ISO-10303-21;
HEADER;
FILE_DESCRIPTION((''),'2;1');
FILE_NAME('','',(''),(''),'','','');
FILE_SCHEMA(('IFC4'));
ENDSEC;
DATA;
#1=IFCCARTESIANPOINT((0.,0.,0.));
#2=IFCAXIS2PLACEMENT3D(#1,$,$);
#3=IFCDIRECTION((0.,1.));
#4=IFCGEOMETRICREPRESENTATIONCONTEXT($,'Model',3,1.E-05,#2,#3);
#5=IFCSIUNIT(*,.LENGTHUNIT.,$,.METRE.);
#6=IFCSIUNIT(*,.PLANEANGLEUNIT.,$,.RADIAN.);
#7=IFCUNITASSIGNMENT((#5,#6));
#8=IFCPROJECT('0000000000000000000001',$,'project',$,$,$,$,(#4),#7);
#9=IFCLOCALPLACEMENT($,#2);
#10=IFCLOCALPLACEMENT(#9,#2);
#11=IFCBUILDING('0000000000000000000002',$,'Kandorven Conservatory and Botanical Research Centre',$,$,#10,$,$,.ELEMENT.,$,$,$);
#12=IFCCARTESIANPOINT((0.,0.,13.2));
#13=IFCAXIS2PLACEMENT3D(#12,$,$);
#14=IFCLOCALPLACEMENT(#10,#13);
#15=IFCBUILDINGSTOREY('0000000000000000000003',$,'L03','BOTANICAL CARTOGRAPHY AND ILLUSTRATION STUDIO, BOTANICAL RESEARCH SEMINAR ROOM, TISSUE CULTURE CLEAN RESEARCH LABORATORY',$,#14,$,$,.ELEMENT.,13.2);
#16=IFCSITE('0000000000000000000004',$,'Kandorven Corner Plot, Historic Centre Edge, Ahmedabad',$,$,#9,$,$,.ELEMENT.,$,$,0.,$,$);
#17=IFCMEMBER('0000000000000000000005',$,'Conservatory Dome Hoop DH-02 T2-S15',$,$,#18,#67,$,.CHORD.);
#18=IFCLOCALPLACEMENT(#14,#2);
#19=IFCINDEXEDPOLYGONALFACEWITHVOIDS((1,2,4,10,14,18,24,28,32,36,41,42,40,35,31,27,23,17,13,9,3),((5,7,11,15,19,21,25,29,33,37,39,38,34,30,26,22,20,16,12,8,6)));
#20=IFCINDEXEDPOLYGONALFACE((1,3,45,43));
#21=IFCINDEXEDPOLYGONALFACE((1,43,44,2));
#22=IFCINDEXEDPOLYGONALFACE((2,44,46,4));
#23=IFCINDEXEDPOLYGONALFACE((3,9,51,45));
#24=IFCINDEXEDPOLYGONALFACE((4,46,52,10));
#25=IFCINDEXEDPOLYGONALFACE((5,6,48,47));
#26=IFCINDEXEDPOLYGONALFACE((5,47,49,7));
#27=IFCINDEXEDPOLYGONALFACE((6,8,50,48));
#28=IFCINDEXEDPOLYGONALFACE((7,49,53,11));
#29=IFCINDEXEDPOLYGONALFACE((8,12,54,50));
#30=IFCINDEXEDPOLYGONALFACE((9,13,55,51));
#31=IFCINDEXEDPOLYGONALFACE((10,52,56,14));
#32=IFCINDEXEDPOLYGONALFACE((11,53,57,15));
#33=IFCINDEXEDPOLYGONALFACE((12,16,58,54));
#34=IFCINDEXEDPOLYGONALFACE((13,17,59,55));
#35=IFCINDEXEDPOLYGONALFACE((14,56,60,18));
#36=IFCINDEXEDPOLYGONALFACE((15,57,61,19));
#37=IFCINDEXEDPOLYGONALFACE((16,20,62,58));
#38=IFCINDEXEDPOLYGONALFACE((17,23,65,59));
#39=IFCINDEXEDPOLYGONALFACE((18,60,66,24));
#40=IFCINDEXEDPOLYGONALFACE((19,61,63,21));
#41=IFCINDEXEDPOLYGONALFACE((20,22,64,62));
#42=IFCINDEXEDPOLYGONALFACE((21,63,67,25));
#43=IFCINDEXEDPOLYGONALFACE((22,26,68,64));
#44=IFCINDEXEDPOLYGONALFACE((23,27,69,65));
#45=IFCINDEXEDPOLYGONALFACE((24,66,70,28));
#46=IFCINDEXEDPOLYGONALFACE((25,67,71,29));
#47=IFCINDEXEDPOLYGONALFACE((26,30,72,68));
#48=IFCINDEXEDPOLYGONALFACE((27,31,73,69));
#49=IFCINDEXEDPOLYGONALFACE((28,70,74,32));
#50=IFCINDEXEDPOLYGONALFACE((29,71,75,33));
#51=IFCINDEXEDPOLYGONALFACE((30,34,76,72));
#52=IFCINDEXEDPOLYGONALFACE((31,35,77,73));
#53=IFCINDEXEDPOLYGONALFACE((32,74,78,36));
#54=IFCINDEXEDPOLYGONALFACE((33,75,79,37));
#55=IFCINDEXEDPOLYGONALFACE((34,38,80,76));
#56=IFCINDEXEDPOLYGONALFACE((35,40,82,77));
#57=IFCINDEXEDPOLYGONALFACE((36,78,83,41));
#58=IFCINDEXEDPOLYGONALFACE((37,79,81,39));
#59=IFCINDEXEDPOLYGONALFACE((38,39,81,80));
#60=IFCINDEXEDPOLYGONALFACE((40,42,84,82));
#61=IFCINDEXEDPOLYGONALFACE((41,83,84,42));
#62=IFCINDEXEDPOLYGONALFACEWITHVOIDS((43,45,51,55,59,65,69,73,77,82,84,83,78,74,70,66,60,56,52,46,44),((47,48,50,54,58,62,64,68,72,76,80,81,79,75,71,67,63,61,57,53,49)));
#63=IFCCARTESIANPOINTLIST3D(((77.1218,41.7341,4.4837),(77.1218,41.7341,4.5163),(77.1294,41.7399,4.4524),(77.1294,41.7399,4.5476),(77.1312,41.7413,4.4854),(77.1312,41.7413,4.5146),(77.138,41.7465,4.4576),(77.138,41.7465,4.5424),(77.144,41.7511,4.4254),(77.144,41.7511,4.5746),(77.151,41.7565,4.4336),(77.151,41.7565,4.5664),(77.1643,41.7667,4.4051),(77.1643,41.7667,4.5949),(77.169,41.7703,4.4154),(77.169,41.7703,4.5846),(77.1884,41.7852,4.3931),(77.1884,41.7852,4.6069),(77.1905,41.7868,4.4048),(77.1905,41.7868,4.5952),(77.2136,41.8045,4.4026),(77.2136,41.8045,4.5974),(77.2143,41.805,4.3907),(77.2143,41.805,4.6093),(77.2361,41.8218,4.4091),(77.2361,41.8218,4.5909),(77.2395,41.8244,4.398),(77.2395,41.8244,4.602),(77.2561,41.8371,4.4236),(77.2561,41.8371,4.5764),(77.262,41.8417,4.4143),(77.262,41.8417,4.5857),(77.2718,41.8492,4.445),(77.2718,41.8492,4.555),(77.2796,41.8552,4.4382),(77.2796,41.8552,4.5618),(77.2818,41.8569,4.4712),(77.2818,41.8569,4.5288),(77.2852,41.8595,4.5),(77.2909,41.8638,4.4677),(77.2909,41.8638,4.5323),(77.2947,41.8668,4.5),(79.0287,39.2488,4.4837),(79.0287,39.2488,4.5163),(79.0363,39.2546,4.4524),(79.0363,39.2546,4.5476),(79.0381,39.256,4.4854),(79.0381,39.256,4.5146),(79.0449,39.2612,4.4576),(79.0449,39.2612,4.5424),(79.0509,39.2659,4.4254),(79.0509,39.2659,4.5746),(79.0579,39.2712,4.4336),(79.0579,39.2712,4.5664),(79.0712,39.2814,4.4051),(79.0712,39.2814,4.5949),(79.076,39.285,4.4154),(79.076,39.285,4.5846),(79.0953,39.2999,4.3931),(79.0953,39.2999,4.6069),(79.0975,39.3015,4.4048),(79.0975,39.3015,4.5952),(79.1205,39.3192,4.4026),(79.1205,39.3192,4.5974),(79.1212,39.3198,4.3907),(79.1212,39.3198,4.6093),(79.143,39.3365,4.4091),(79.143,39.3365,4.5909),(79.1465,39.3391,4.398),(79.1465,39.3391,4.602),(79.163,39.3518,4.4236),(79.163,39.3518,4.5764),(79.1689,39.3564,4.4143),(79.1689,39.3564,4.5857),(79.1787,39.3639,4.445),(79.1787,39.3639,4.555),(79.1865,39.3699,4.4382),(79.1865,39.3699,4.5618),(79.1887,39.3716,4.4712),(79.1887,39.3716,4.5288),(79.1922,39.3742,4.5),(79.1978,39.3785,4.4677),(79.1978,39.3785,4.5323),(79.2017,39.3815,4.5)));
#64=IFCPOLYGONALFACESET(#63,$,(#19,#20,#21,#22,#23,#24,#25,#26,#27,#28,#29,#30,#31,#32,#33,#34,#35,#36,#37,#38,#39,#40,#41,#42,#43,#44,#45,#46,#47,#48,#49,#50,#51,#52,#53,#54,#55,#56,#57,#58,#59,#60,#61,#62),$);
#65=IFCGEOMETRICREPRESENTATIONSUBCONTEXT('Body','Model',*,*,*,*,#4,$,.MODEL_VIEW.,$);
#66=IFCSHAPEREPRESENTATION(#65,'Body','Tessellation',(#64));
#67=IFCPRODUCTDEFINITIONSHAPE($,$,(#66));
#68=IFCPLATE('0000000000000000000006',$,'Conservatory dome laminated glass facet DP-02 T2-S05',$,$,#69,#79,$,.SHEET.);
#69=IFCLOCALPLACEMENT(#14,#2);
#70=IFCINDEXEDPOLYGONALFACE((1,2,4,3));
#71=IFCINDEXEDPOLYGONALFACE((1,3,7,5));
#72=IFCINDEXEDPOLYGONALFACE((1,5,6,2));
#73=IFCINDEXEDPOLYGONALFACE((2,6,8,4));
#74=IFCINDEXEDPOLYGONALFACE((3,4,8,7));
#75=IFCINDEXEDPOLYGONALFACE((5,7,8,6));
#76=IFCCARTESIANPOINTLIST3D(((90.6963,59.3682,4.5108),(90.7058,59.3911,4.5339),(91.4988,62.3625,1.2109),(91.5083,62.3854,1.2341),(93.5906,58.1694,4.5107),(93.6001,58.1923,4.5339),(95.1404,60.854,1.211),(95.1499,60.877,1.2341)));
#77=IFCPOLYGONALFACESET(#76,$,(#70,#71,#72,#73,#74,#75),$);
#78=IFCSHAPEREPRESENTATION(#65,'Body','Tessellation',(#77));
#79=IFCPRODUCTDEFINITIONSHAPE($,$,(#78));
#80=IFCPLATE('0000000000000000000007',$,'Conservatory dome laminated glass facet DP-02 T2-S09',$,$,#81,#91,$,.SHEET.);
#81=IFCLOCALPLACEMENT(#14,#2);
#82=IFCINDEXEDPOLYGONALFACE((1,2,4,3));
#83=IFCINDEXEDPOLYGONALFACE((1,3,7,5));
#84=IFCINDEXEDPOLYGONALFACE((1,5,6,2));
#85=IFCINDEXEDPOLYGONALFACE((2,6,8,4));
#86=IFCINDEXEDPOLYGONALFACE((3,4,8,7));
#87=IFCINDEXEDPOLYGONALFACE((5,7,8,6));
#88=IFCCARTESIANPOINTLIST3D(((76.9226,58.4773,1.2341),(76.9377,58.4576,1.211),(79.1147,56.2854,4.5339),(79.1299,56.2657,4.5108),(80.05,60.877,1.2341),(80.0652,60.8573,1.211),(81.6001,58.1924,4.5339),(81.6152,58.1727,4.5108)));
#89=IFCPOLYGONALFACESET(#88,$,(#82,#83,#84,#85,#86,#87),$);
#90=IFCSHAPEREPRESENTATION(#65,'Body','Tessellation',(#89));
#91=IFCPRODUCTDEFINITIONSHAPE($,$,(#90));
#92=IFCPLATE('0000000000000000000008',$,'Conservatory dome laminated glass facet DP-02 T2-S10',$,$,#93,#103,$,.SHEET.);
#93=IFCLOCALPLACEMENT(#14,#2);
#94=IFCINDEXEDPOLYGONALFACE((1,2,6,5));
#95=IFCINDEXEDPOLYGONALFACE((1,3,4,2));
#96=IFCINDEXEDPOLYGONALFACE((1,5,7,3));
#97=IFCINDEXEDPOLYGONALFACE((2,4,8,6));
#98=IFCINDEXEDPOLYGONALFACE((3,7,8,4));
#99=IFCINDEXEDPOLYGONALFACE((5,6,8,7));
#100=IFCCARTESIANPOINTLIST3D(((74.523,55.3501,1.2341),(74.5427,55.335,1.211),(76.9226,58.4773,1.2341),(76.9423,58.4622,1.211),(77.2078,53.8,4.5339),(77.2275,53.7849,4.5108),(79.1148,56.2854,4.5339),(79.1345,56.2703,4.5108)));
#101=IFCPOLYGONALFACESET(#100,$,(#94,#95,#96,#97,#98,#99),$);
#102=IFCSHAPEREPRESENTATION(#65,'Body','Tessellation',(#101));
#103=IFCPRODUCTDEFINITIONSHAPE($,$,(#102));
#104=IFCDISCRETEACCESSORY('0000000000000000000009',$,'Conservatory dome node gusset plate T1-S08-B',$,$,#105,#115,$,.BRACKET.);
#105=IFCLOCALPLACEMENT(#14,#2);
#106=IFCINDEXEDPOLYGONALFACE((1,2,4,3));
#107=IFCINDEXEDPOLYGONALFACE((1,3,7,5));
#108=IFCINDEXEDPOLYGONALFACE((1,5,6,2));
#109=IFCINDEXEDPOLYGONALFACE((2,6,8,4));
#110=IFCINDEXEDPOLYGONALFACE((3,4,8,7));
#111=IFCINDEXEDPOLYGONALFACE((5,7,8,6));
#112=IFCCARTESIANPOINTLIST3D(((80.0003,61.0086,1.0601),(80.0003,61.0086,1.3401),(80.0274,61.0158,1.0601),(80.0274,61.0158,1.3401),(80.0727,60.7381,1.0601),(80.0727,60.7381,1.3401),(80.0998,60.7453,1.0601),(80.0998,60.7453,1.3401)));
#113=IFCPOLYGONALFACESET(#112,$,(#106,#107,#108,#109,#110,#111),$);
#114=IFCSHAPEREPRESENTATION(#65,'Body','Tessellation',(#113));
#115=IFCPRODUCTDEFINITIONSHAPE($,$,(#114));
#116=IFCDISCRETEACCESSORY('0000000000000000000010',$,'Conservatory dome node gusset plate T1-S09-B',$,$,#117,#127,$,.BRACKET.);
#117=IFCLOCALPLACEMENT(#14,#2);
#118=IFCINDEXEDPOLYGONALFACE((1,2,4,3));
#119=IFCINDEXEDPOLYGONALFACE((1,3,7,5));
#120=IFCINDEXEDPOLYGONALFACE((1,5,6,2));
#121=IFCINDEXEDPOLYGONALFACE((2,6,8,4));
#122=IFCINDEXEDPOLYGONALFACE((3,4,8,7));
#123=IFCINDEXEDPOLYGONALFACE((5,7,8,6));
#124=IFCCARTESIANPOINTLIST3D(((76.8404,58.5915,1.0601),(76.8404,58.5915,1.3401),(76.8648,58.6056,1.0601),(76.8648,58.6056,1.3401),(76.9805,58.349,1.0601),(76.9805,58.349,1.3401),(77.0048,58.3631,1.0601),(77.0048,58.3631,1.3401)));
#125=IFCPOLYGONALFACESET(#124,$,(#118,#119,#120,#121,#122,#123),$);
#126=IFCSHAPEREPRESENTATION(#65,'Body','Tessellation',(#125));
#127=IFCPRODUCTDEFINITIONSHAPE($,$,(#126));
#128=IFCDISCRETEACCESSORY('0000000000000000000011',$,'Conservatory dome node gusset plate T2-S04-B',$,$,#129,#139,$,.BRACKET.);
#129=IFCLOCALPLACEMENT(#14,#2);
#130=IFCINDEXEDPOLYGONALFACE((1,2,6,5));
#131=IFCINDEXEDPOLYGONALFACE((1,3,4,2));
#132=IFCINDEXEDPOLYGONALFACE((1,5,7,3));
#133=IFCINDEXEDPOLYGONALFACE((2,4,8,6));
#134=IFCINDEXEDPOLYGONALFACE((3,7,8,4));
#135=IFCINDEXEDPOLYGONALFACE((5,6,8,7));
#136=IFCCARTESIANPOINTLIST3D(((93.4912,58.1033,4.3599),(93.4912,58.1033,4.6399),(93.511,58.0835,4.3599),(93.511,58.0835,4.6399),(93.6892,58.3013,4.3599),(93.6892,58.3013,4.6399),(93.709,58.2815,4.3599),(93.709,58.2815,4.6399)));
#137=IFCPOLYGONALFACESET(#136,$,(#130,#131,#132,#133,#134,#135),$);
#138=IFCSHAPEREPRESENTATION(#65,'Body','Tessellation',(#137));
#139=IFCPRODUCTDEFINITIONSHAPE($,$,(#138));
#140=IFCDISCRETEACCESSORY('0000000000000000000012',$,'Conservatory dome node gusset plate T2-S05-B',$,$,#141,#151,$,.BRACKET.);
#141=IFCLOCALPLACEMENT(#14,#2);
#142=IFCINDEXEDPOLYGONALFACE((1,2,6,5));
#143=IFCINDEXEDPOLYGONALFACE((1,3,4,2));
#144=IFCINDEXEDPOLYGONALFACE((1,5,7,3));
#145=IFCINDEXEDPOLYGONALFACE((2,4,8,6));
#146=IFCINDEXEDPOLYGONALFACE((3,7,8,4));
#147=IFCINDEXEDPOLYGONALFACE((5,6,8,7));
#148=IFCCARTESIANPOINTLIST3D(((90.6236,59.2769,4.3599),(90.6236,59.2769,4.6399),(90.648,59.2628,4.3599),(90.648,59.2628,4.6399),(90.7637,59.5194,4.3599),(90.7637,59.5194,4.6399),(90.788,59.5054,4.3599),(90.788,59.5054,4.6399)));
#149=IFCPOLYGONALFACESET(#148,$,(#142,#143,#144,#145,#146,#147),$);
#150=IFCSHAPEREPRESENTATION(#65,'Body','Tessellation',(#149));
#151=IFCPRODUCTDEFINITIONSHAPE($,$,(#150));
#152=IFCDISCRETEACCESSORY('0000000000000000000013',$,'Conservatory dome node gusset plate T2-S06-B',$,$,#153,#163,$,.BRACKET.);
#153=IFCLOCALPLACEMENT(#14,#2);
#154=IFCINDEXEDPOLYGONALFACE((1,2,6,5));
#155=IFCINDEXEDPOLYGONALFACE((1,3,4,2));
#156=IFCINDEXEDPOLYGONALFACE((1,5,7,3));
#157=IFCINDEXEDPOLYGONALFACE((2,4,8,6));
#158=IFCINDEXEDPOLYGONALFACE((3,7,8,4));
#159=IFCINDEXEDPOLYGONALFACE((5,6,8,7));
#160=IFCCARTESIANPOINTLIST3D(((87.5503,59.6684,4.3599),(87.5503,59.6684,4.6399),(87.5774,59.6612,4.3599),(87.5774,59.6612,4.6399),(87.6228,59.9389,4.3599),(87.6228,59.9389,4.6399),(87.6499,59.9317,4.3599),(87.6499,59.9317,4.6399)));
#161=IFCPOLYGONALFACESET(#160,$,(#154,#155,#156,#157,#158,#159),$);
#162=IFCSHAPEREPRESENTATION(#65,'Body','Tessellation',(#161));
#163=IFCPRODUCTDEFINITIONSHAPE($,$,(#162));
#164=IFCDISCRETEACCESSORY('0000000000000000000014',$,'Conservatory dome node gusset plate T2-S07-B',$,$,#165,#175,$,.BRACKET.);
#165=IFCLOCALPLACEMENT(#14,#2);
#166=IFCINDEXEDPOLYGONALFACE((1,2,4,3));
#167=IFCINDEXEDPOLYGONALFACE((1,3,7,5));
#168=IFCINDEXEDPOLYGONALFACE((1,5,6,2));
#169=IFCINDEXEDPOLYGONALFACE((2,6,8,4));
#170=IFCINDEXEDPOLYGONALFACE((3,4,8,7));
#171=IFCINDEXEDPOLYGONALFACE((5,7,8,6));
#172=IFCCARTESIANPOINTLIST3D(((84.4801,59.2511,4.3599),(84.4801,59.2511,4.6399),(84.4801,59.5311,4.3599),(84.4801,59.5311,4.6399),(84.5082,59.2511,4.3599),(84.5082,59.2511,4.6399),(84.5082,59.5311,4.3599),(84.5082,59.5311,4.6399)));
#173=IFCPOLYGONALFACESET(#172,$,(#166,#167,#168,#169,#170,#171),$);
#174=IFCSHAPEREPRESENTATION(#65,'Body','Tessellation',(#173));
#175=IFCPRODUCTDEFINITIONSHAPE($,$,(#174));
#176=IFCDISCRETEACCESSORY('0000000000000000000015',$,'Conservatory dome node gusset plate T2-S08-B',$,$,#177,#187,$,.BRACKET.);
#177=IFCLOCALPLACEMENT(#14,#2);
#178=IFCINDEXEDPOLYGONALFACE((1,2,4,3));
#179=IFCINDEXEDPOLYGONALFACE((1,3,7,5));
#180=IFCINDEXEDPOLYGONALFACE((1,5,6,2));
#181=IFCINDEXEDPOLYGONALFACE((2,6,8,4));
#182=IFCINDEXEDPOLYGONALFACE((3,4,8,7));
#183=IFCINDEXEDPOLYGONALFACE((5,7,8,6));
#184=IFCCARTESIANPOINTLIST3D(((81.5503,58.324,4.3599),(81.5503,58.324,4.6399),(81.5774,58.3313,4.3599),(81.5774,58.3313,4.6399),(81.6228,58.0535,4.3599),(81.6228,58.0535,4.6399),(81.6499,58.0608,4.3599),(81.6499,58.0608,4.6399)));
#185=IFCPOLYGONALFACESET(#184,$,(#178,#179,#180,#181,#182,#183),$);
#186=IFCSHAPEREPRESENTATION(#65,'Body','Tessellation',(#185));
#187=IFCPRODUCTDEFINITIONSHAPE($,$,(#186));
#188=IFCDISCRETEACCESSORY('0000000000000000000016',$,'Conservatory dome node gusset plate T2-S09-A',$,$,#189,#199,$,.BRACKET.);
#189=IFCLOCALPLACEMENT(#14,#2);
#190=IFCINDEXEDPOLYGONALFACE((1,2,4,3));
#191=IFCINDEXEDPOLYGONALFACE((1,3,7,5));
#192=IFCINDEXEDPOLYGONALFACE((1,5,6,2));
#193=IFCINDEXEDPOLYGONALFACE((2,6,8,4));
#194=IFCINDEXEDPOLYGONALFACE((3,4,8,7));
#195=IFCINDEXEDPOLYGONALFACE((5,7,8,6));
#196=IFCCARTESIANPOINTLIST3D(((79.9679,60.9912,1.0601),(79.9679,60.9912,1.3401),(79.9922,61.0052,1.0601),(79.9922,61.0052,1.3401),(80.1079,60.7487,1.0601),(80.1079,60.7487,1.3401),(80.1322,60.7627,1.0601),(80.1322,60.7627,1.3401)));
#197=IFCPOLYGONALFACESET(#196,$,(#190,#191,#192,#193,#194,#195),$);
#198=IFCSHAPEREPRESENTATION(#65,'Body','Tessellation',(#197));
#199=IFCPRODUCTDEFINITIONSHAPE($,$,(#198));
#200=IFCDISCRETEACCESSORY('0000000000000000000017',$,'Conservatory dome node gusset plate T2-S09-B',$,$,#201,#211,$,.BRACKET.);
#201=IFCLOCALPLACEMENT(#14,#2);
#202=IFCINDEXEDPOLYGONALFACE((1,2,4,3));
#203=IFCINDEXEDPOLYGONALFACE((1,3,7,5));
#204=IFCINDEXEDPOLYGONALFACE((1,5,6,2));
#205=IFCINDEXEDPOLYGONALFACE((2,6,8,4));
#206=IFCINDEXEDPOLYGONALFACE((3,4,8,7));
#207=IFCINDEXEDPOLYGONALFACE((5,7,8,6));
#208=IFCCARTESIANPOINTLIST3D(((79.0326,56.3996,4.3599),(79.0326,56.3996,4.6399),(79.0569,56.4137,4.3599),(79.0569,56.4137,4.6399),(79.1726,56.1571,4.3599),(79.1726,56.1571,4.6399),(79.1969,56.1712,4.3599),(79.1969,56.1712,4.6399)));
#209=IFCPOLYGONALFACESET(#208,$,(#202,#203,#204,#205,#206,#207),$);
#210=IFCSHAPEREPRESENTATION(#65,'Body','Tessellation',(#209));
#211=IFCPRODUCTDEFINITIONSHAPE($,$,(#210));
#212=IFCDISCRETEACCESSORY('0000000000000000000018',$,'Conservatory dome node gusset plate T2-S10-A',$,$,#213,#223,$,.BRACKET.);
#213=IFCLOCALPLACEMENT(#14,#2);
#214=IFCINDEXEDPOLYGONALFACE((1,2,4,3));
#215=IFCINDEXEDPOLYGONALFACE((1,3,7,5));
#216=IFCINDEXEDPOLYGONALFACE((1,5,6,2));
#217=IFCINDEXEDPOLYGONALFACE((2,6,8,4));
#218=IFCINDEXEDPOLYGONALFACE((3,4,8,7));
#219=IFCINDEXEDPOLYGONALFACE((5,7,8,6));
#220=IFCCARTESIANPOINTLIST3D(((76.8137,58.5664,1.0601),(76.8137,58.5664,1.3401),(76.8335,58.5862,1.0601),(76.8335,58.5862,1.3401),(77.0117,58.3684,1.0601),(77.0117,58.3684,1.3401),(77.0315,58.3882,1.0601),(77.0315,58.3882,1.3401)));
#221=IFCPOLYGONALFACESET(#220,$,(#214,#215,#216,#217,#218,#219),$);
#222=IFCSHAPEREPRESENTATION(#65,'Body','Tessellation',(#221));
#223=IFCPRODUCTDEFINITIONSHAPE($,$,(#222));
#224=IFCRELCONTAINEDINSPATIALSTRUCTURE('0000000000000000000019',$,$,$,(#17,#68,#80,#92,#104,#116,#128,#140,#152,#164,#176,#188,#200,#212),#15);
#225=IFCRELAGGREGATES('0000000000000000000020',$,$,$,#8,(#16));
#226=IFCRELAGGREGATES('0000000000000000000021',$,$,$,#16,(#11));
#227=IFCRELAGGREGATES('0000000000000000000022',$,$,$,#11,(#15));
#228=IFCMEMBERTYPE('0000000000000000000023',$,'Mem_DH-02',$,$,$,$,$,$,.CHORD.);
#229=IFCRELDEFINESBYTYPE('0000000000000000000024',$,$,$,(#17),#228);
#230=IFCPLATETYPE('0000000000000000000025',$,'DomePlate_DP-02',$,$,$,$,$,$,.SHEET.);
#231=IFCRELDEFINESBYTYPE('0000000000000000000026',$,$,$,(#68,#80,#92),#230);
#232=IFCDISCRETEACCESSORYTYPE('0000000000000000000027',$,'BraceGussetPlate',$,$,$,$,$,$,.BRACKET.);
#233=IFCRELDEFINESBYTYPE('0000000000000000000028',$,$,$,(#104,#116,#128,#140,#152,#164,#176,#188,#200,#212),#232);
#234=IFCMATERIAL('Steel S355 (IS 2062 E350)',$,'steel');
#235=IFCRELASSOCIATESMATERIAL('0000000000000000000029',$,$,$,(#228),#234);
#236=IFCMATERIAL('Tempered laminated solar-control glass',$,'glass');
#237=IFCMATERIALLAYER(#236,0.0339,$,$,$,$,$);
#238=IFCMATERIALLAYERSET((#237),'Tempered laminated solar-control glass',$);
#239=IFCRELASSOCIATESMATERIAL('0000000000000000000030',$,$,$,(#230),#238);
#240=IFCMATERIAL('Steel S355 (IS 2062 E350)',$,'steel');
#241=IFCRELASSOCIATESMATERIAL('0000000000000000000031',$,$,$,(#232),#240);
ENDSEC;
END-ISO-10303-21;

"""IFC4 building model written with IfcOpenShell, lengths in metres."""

from ifc_helpers import new_model, si_unit, direction, frame, origin, origin_2d, place, context, subcontext, project, spatial, polyline, rectangle, hollow_circle, outline, extrude, material, layer, layer_set, material_profile, profile_set, type_object, element, save


model = new_model("IFC4")

# Units and contexts
model_context = context("Model", 3, precision=1e-05, world=origin(), true_north=direction((0.0, 1.0)))
body_context = subcontext(model_context, "Body", "Model", "MODEL_VIEW")
ifc_project = project(units=[si_unit("LENGTHUNIT", "METRE"), si_unit("PLANEANGLEUNIT", "RADIAN")], contexts=[model_context])

# Site, building, storey
site_placement = place(None, origin())
site = spatial("IfcSite", under=ifc_project, at=site_placement, Name="Kandorven Corner Plot, Historic Centre Edge, Ahmedabad", CompositionType="ELEMENT", RefElevation=0.0)
building_placement = place(site_placement, origin())
building = spatial("IfcBuilding", under=site, at=building_placement, Name="Kandorven Conservatory and Botanical Research Centre", CompositionType="ELEMENT")
storey_placement = place(building_placement, frame((0.0, 0.0, 13.2)))
storey = spatial("IfcBuildingStorey", under=building, at=storey_placement, Name="L03", Description="BOTANICAL CARTOGRAPHY AND ILLUSTRATION STUDIO, BOTANICAL RESEARCH SEMINAR ROOM, TISSUE CULTURE CLEAN RESEARCH LABORATORY", CompositionType="ELEMENT", Elevation=13.2)

# Member
ifc_material_1 = material(Name="Steel S355 (IS 2062 E350)", Category="steel")
ifc_material_profile_1 = material_profile(ifc_material_1, hollow_circle(Radius=0.1096, WallThickness=0.012, at=origin_2d()))
ifc_profile_set_1 = profile_set([ifc_material_profile_1], Name="Steel S355 (IS 2062 E350)")
member_type_1 = type_object("IfcMemberType", Name="Mem_DH-02", PredefinedType="CHORD", material=ifc_profile_set_1)
for number, where, z_axis, x_axis, name in (
    (1, (77.2078, 41.8, 4.5), (0.608742, -0.793368, 0.0), (0.793368, 0.608742, 0.0), "Conservatory Dome Hoop DH-02 T2-S15"),
):
    element("IfcMember", number, at=place(storey_placement, frame(where, z_axis=z_axis, x_axis=x_axis)), inside=storey, type_object=member_type_1, Name=name, PredefinedType="CHORD", context=body_context, shape_type="SweptSolid", body=[
        extrude(hollow_circle(Radius=0.1096, WallThickness=0.012, at=origin_2d()), origin(), (0.0, 0.0, 1.0), 3.1326),
    ])

# Plates
ifc_material_2 = material(Name="Tempered laminated solar-control glass", Category="glass")
ifc_layer = layer(ifc_material_2, 0.0339)
ifc_layer_set = layer_set([ifc_layer], Name="Tempered laminated solar-control glass")
plate_type = type_object("IfcPlateType", Name="DomePlate_DP-02", PredefinedType="SHEET", material=ifc_layer_set)
plate_1_placement = place(storey_placement, frame((95.1499, 60.877, 1.2341), z_axis=(0.280035, 0.676059, 0.681561), x_axis=(-0.923873, 0.382699, -0.000015)))
element("IfcPlate", 2, at=plate_1_placement, inside=storey, type_object=plate_type, Name="Conservatory dome laminated glass facet DP-02 T2-S05", PredefinedType="SHEET", context=body_context, shape_type="SweptSolid", body=[
    extrude(outline(polyline([(0.0, 0.0), (3.9417, 0.0), (3.5371, 4.5095), (0.4044, 4.5093), (0.0, 0.0)])), origin(), (0.0, 0.0, -1.0), 0.0339),
])
plate_2_placement = place(storey_placement, frame((80.05, 60.877, 1.2341), z_axis=(-0.445455, 0.580556, 0.681561), x_axis=(-0.793367, -0.608743, 0.0)))
element("IfcPlate", 3, at=plate_2_placement, inside=storey, type_object=plate_type, Name="Conservatory dome laminated glass facet DP-02 T2-S09", PredefinedType="SHEET", context=body_context, shape_type="SweptSolid", body=[
    extrude(outline(polyline([(0.0, 0.0), (3.942, 0.0), (3.5371, 4.5094), (0.4045, 4.5094), (0.0, 0.0)])), origin(), (0.0, 0.0, -1.0), 0.0339),
])
plate_3_placement = place(storey_placement, frame((76.9226, 58.4773, 1.2341), z_axis=(-0.580536, 0.445459, 0.681575), x_axis=(-0.608766, -0.79335, -0.000009)))
element("IfcPlate", 4, at=plate_3_placement, inside=storey, type_object=plate_type, Name="Conservatory dome laminated glass facet DP-02 T2-S10", PredefinedType="SHEET", context=body_context, shape_type="SweptSolid", body=[
    extrude(outline(polyline([(0.0, 0.0), (3.9418, 0.0), (3.5371, 4.5095), (0.4044, 4.5094), (0.0, 0.0)])), origin(), (0.0, 0.0, -1.0), 0.0339),
])

# Discrete accessories
ifc_material_3 = material(Name="Steel S355 (IS 2062 E350)", Category="steel")
discrete_accessory_type = type_object("IfcDiscreteAccessoryType", Name="BraceGussetPlate", PredefinedType="BRACKET", material=ifc_material_3)
for number, where, z_axis, x_axis, name in (
    (5, (80.05, 60.877, 1.0601), (0.0, 0.0, 1.0), (-0.258819, 0.965926, 0.0), "Conservatory dome node gusset plate T1-S08-B"),
    (6, (76.9226, 58.4773, 1.0601), (0.0, 0.0, 1.0), (-0.5, 0.866025, 0.0), "Conservatory dome node gusset plate T1-S09-B"),
    (7, (93.6001, 58.1924, 4.3599), (0.0, 0.0, 1.0), (0.707107, 0.707107, 0.0), "Conservatory dome node gusset plate T2-S04-B"),
    (8, (90.7058, 59.3911, 4.3599), (0.0, 0.0, 1.0), (0.5, 0.866025, 0.0), "Conservatory dome node gusset plate T2-S05-B"),
    (9, (87.6001, 59.8, 4.3599), (0.0, 0.0, 1.0), (0.258819, 0.965926, 0.0), "Conservatory dome node gusset plate T2-S06-B"),
    (10, (84.4941, 59.3911, 4.3599), (0.0, 0.0, 1.0), (0.0, 1.0, 0.0), "Conservatory dome node gusset plate T2-S07-B"),
    (11, (81.6001, 58.1924, 4.3599), (0.0, 0.0, 1.0), (-0.258819, 0.965926, 0.0), "Conservatory dome node gusset plate T2-S08-B"),
    (12, (80.05, 60.877, 1.0601), (0.0, 0.0, 1.0), (-0.5, 0.866025, 0.0), "Conservatory dome node gusset plate T2-S09-A"),
    (13, (79.1147, 56.2854, 4.3599), (0.0, 0.0, 1.0), (-0.5, 0.866025, 0.0), "Conservatory dome node gusset plate T2-S09-B"),
    (14, (76.9226, 58.4773, 1.0601), (0.0, 0.0, 1.0), (-0.707107, 0.707107, 0.0), "Conservatory dome node gusset plate T2-S10-A"),
):
    element("IfcDiscreteAccessory", number, at=place(storey_placement, frame(where, z_axis=z_axis, x_axis=x_axis)), inside=storey, type_object=discrete_accessory_type, Name=name, PredefinedType="BRACKET", context=body_context, shape_type="SweptSolid", body=[
        extrude(rectangle(XDim=0.28, YDim=0.0281, at=origin_2d()), origin(), (0.0, 0.0, 1.0), 0.28),
    ])

save(model, "model.ifc")
